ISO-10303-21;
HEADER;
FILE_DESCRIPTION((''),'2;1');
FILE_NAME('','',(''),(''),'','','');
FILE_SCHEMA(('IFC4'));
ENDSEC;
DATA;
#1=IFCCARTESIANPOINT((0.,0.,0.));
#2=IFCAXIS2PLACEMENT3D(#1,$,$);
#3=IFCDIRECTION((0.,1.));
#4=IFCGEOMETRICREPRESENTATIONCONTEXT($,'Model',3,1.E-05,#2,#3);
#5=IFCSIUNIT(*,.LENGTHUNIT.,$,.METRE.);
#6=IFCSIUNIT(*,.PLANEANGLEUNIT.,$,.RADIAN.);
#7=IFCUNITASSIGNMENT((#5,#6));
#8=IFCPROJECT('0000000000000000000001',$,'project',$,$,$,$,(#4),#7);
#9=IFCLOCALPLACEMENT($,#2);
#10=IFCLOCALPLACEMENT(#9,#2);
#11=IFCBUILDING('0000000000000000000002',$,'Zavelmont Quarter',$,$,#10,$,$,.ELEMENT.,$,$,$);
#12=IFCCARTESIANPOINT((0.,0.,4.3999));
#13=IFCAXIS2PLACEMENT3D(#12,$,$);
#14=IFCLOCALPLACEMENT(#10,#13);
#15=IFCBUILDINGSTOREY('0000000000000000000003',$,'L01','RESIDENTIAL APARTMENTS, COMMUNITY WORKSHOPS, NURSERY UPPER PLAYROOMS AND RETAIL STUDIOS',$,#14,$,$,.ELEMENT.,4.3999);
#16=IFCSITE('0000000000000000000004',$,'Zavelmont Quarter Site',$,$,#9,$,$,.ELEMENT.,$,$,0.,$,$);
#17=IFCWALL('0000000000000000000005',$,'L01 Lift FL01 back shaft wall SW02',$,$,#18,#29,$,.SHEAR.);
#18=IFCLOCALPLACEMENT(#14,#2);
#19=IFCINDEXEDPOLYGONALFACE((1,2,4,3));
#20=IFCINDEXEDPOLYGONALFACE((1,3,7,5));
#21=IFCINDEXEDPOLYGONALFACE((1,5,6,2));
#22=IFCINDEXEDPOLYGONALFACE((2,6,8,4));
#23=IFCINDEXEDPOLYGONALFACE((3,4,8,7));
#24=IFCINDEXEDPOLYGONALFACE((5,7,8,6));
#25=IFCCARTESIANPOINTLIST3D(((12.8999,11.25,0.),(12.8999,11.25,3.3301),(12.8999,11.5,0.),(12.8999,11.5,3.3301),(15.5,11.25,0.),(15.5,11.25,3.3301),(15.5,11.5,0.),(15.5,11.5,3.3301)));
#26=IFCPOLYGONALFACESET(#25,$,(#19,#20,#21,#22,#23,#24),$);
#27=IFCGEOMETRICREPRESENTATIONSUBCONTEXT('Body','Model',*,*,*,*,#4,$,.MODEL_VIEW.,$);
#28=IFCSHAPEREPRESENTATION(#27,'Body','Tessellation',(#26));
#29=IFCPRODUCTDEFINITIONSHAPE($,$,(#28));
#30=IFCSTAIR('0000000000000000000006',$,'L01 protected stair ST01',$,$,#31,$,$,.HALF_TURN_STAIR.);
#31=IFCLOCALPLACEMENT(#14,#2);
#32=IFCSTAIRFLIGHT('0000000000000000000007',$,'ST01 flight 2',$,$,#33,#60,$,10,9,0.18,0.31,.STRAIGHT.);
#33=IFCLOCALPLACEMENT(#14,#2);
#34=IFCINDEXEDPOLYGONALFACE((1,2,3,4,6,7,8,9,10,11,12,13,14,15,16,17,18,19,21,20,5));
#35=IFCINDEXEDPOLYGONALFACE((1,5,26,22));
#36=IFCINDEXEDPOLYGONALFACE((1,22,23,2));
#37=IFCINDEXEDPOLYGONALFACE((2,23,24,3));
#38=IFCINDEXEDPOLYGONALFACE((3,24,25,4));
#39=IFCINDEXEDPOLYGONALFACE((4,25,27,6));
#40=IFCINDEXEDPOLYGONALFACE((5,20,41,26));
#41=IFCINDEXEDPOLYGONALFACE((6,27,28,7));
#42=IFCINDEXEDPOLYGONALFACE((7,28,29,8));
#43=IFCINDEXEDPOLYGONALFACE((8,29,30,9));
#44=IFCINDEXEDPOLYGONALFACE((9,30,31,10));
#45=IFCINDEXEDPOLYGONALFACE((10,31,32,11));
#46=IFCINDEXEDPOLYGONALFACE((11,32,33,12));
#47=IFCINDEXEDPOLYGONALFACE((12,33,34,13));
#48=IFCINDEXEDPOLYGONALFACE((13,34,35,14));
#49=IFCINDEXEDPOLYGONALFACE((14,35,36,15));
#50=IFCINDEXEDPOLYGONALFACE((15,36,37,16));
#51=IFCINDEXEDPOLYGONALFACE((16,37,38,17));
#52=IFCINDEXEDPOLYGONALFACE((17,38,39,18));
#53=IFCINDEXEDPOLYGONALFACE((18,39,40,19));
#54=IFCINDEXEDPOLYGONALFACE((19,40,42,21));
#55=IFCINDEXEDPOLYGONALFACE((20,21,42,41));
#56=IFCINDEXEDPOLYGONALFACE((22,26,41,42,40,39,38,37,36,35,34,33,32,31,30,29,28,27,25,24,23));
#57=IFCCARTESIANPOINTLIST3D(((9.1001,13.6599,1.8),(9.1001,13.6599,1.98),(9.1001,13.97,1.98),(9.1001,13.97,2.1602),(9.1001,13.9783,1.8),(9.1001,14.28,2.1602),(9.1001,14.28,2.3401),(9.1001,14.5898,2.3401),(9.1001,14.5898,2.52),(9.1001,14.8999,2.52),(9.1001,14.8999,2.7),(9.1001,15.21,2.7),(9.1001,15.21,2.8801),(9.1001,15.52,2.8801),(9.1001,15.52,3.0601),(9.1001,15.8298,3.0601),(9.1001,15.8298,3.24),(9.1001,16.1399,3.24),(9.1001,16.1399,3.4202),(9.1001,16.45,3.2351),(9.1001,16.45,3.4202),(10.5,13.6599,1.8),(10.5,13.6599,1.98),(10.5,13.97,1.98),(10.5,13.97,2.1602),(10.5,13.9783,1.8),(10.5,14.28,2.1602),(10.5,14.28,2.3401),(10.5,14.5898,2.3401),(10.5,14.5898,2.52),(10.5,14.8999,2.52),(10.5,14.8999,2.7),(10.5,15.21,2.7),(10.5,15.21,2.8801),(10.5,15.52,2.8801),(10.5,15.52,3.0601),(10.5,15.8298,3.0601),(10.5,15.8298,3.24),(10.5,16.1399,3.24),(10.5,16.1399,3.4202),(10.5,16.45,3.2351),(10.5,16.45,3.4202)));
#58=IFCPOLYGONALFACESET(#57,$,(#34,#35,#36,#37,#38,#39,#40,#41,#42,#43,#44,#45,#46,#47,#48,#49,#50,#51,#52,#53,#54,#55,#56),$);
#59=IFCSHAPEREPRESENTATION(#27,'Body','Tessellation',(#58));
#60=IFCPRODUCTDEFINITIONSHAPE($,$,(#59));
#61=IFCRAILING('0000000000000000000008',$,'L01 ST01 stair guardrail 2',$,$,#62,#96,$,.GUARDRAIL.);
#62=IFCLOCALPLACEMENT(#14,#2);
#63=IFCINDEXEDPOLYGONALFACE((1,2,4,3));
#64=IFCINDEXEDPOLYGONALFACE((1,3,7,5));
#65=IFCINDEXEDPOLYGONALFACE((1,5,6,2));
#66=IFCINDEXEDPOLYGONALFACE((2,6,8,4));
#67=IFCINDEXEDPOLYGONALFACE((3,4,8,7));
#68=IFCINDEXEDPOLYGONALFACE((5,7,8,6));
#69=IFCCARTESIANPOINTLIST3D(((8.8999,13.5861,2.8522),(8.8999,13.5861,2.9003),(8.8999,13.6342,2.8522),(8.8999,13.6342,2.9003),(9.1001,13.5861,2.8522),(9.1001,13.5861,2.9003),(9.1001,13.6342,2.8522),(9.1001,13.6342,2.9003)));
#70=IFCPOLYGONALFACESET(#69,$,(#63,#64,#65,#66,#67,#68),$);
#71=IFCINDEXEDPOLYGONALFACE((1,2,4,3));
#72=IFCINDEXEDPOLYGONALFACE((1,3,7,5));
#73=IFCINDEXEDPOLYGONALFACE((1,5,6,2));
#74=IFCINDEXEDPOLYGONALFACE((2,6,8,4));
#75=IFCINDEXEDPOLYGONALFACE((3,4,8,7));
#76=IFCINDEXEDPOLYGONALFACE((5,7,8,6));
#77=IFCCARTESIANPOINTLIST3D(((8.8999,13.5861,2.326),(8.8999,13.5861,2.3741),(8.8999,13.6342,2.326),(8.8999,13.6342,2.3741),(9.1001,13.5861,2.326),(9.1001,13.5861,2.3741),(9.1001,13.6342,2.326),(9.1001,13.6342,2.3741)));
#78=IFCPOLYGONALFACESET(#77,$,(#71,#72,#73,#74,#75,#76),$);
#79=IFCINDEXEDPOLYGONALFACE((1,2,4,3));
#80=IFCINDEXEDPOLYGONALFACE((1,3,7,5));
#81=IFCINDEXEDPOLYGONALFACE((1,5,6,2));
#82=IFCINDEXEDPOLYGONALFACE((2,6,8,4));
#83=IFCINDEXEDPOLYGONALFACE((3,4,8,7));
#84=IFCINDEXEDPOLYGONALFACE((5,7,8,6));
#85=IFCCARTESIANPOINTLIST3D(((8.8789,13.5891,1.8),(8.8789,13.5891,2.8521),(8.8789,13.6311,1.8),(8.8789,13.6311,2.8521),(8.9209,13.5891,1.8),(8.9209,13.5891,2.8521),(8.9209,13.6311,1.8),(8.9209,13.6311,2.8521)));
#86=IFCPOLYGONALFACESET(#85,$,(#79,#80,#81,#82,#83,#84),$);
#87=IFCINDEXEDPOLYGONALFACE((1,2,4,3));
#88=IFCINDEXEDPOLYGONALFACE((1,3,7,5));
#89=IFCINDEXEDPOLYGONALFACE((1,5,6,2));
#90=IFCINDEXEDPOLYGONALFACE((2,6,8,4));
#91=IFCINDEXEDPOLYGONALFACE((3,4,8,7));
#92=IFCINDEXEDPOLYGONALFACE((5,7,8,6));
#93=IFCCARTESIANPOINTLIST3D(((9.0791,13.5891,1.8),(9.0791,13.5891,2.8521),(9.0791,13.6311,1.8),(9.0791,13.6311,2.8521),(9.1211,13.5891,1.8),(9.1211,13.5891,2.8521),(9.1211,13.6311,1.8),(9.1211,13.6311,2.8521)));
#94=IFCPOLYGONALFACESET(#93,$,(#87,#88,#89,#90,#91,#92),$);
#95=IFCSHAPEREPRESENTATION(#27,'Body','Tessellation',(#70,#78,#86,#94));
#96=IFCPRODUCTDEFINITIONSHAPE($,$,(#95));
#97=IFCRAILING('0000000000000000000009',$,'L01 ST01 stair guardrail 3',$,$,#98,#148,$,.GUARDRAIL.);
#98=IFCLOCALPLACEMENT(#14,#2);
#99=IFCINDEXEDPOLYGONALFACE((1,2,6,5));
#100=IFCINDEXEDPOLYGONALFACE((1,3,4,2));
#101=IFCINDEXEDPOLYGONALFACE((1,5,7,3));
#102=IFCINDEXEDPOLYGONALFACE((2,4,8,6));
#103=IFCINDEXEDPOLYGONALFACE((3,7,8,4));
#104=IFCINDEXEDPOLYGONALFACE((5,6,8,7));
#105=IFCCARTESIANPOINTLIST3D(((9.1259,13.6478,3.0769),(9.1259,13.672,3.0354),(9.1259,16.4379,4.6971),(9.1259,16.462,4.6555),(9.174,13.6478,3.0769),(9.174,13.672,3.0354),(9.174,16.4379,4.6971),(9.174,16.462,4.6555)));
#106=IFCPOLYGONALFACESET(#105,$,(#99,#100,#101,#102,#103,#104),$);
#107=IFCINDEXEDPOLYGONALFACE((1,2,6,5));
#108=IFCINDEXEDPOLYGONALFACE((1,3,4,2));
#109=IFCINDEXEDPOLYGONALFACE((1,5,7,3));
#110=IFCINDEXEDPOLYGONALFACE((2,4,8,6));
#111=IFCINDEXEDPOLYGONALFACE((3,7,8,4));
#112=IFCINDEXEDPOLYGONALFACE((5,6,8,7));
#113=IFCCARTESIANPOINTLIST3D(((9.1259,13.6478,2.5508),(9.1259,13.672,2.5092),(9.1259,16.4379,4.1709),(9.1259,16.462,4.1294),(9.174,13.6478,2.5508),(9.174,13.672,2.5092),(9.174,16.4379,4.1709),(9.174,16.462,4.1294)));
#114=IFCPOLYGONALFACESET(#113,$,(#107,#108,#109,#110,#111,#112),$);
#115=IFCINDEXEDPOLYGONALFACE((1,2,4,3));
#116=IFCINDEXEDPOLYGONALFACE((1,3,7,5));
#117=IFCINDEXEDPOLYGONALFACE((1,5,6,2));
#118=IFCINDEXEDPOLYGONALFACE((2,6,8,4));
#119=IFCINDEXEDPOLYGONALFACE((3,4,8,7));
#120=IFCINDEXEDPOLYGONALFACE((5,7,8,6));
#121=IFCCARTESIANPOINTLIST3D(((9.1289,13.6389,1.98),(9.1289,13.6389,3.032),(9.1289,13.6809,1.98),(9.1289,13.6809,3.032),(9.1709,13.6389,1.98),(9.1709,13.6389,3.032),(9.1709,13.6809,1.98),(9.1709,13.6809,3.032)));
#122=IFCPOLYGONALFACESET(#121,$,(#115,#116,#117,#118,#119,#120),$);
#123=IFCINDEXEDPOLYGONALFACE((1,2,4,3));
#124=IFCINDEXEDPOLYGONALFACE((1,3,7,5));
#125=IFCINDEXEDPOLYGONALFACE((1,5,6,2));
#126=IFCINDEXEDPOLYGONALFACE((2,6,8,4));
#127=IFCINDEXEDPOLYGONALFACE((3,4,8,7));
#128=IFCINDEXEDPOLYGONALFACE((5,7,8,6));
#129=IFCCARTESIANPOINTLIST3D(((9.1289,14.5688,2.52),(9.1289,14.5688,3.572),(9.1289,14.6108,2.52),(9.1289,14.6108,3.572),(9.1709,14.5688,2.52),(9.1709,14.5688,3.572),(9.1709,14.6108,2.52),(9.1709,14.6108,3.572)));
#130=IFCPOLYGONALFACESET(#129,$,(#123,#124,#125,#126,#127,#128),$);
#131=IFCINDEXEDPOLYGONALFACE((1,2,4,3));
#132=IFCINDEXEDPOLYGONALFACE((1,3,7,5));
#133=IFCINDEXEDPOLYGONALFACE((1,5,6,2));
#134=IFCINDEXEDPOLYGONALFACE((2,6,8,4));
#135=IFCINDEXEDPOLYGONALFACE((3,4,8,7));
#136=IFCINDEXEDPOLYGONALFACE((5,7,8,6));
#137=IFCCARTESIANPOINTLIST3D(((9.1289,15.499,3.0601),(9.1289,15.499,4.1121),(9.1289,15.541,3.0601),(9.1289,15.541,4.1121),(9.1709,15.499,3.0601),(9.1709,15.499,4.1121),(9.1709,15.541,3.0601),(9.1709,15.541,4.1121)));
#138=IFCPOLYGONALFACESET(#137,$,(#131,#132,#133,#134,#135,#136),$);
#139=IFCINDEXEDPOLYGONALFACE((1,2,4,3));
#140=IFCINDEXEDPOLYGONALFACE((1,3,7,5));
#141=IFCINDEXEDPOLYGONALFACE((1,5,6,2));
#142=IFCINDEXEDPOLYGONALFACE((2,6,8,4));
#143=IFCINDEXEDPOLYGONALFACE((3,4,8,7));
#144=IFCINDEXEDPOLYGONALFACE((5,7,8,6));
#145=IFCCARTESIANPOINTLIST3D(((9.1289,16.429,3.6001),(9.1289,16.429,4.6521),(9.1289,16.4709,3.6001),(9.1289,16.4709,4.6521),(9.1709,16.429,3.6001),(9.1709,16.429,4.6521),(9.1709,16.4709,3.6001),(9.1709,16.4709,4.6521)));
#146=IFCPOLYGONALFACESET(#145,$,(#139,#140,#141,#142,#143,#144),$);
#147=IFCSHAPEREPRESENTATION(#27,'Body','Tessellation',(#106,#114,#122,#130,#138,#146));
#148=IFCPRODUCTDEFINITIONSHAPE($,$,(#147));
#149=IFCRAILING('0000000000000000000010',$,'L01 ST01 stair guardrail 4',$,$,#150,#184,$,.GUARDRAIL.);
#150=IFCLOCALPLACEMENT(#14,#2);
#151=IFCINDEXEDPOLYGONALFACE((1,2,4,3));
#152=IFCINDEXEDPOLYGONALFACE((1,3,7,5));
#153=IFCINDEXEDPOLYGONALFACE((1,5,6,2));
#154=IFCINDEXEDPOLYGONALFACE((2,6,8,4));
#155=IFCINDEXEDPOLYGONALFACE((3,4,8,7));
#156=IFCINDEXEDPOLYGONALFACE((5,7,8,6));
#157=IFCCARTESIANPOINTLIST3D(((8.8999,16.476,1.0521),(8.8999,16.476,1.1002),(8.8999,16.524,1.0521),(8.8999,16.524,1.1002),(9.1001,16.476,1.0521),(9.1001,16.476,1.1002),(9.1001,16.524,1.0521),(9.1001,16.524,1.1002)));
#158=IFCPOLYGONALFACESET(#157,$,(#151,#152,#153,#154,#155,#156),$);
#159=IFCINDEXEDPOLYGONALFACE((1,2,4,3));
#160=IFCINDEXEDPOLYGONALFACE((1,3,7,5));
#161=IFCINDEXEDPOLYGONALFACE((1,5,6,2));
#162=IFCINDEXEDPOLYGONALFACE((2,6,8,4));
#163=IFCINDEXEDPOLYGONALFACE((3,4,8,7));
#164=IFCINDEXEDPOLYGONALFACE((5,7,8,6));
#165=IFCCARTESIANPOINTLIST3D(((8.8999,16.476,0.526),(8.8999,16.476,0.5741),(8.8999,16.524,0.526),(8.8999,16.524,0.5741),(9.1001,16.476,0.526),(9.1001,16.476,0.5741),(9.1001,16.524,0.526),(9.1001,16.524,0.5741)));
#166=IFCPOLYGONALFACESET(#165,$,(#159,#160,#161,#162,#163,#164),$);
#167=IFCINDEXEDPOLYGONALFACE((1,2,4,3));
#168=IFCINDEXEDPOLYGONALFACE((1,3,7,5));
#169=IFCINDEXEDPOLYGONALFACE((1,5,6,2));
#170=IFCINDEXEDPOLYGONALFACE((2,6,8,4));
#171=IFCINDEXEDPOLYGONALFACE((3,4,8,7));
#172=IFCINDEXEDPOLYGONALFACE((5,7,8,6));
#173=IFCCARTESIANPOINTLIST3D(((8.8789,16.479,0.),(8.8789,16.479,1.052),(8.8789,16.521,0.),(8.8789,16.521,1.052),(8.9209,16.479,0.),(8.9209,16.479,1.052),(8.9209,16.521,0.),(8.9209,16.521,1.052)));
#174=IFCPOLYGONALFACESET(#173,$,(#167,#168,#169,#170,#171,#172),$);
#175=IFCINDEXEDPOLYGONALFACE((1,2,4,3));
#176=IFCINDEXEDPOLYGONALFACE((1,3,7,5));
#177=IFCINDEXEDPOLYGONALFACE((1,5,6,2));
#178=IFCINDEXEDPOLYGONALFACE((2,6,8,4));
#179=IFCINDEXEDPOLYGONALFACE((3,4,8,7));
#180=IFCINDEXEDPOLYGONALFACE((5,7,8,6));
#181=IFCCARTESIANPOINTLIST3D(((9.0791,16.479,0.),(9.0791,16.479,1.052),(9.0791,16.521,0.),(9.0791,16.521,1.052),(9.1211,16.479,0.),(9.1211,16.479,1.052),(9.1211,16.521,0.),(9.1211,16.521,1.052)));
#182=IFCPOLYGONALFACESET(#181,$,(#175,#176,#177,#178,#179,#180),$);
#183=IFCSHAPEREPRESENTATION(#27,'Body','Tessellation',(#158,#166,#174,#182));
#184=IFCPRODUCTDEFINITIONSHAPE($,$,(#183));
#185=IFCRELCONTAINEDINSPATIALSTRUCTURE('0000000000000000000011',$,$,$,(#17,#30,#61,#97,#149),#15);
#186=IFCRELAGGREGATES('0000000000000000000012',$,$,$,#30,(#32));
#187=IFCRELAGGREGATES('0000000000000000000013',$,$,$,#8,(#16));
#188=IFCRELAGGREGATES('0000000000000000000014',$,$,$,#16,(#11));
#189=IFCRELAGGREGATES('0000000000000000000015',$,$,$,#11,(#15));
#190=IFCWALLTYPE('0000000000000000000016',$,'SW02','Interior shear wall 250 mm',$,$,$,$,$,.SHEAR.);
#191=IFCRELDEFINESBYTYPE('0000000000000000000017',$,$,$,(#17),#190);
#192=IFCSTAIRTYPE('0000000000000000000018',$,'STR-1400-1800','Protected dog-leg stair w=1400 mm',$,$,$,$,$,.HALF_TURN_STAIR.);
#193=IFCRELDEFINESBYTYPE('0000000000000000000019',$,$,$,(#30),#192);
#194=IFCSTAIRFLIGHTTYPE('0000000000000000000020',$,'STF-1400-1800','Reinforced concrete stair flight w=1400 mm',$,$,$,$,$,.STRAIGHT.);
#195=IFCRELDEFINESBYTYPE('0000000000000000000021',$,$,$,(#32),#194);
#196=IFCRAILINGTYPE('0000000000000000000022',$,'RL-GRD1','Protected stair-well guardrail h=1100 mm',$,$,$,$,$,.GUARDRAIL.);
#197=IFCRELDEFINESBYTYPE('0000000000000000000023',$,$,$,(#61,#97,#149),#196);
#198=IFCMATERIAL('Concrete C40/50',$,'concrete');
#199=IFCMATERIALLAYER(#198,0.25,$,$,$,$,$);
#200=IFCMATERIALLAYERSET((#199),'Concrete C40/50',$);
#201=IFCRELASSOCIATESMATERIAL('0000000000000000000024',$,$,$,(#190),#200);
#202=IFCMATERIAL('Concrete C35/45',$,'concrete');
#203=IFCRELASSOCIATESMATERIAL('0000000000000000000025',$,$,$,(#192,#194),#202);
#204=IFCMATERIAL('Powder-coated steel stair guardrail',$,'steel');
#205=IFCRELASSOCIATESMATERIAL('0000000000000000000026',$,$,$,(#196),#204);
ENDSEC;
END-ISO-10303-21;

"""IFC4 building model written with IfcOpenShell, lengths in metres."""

from ifc_helpers import new_model, si_unit, direction, frame, frame_2d, origin, origin_2d, place, context, subcontext, project, spatial, polyline, rectangle, outline, extrude, material, layer, layer_set, type_object, element, aggregate, save


model = new_model("IFC4")

# Units and contexts
model_context = context("Model", 3, precision=1e-05, world=origin(), true_north=direction((0.0, 1.0)))
body_context = subcontext(model_context, "Body", "Model", "MODEL_VIEW")
ifc_project = project(units=[si_unit("LENGTHUNIT", "METRE"), si_unit("PLANEANGLEUNIT", "RADIAN")], contexts=[model_context])

# Site, building, storey
site_placement = place(None, origin())
site = spatial("IfcSite", under=ifc_project, at=site_placement, Name="Zavelmont Quarter Site", CompositionType="ELEMENT", RefElevation=0.0)
building_placement = place(site_placement, origin())
building = spatial("IfcBuilding", under=site, at=building_placement, Name="Zavelmont Quarter", CompositionType="ELEMENT")
storey_placement = place(building_placement, frame((0.0, 0.0, 4.3999)))
storey = spatial("IfcBuildingStorey", under=building, at=storey_placement, Name="L01", Description="RESIDENTIAL APARTMENTS, COMMUNITY WORKSHOPS, NURSERY UPPER PLAYROOMS AND RETAIL STUDIOS", CompositionType="ELEMENT", Elevation=4.3999)

# Shared definitions
ifc_material_1 = material(Name="Concrete C40/50", Category="concrete")
ifc_material_2 = material(Name="Concrete C35/45", Category="concrete")

# Shared definitions
ifc_layer_1 = layer(ifc_material_1, 0.25)
ifc_layer_set_1 = layer_set([ifc_layer_1], Name="Concrete C40/50")
wall_type_1 = type_object("IfcWallType", Name="SW02", Description="Interior shear wall 250 mm", PredefinedType="SHEAR", material=ifc_layer_set_1)

# Wall
wall_1_placement = place(storey_placement, frame((12.8999, 11.375, 0.0), z_axis=(0.0, 0.0, 1.0), x_axis=(1.0, 0.0, 0.0)))
element("IfcWall", 1, at=wall_1_placement, inside=storey, type_object=wall_type_1, Name="L01 Lift FL01 back shaft wall SW02", PredefinedType="SHEAR", context=body_context, shape_type="SweptSolid", body=[
    extrude(rectangle(XDim=2.6001, YDim=0.25, at=frame_2d((1.3, 0.0))), origin(), (0.0, 0.0, 1.0), 3.3301),
])

# Stair, stair flight
stair_type = type_object("IfcStairType", Name="STR-1400-1800", Description="Protected dog-leg stair w=1400 mm", PredefinedType="HALF_TURN_STAIR", material=ifc_material_2)
stair_placement = place(storey_placement, origin())
stair = element("IfcStair", 2, at=stair_placement, inside=storey, type_object=stair_type, Name="L01 protected stair ST01", PredefinedType="HALF_TURN_STAIR")
stair_flight_type = type_object("IfcStairFlightType", Name="STF-1400-1800", Description="Reinforced concrete stair flight w=1400 mm", PredefinedType="STRAIGHT", material=ifc_material_2)
stair_flight_placement = place(storey_placement, frame((9.8, 13.6599, 1.8), z_axis=(0.0, 0.0, 1.0), x_axis=(0.0, 1.0, 0.0)))
stair_flight = element("IfcStairFlight", 3, at=stair_flight_placement, type_object=stair_flight_type, Name="ST01 flight 2", NumberOfRisers=10, NumberOfTreads=9, PredefinedType="STRAIGHT", RiserHeight=0.18, TreadLength=0.31, context=body_context, shape_type="SweptSolid", body=[
    extrude(outline(polyline([(0.0, 0.0), (0.0, 0.1799), (0.3101, 0.1799), (0.3101, 0.3601), (0.6201, 0.3601), (0.6201, 0.54), (0.9299, 0.54), (0.9299, 0.72), (1.24, 0.72), (1.24, 0.8999), (1.55, 0.8999), (1.55, 1.0801), (1.8601, 1.0801), (1.8601, 1.26), (2.1699, 1.26), (2.1699, 1.4399), (2.48, 1.4399), (2.48, 1.6201), (2.79, 1.6201), (2.79, 1.8), (2.79, 1.4351), (0.3184, 0.0), (0.0, 0.0)])), frame((0.0, 0.7, 0.0), z_axis=(0.0, -1.0, 0.0), x_axis=(1.0, 0.0, 0.0)), (0.0, 0.0, 1.0), 1.3999),
])
aggregate(stair, [stair_flight])

# Railings
ifc_material_3 = material(Name="Powder-coated steel stair guardrail", Category="steel")
railing_type_1 = type_object("IfcRailingType", Name="RL-GRD1", Description="Protected stair-well guardrail h=1100 mm", PredefinedType="GUARDRAIL", material=ifc_material_3)
railing_1_placement = place(storey_placement, frame((8.8999, 13.6101, 1.8)))
element("IfcRailing", 4, at=railing_1_placement, inside=storey, type_object=railing_type_1, Name="L01 ST01 stair guardrail 2", PredefinedType="GUARDRAIL", context=body_context, shape_type="SweptSolid", body=[
    extrude(rectangle(XDim=0.0481, YDim=0.0481, at=origin_2d()), frame((0.0, 0.0, 1.0762), z_axis=(1.0, 0.0, 0.0), x_axis=(0.0, 1.0, 0.0)), (0.0, 0.0, 1.0), 0.2002),
    extrude(rectangle(XDim=0.0481, YDim=0.0481, at=origin_2d()), frame((0.0, 0.0, 0.55), z_axis=(1.0, 0.0, 0.0), x_axis=(0.0, 1.0, 0.0)), (0.0, 0.0, 1.0), 0.2002),
    extrude(rectangle(XDim=0.042, YDim=0.042, at=origin_2d()), origin(), (0.0, 0.0, 1.0), 1.052),
    extrude(rectangle(XDim=0.042, YDim=0.042, at=origin_2d()), frame((0.2002, 0.0, 0.0)), (0.0, 0.0, 1.0), 1.052),
])
railing_2_placement = place(storey_placement, frame((9.1499, 13.6599, 1.98)))
element("IfcRailing", 5, at=railing_2_placement, inside=storey, type_object=railing_type_1, Name="L01 ST01 stair guardrail 3", PredefinedType="GUARDRAIL", context=body_context, shape_type="SweptSolid", body=[
    extrude(rectangle(XDim=0.0481, YDim=0.0481, at=origin_2d()), frame((0.0, 0.0, 1.0762), z_axis=(0.0, 0.864776, 0.502157), x_axis=(-1.0, 0.0, 0.0)), (0.0, 0.0, 1.0), 3.2263),
    extrude(rectangle(XDim=0.0481, YDim=0.0481, at=origin_2d()), frame((0.0, 0.0, 0.55), z_axis=(0.0, 0.864776, 0.502157), x_axis=(-1.0, 0.0, 0.0)), (0.0, 0.0, 1.0), 3.2263),
    extrude(rectangle(XDim=0.042, YDim=0.042, at=origin_2d()), origin(), (0.0, 0.0, 1.0), 1.052),
    extrude(rectangle(XDim=0.042, YDim=0.042, at=origin_2d()), frame((0.0, 0.9299, 0.54)), (0.0, 0.0, 1.0), 1.052),
    extrude(rectangle(XDim=0.042, YDim=0.042, at=origin_2d()), frame((0.0, 1.8601, 1.0801)), (0.0, 0.0, 1.0), 1.052),
    extrude(rectangle(XDim=0.042, YDim=0.042, at=origin_2d()), frame((0.0, 2.79, 1.6201)), (0.0, 0.0, 1.0), 1.052),
])
railing_3_placement = place(storey_placement, frame((8.8999, 16.5, 0.0)))
element("IfcRailing", 6, at=railing_3_placement, inside=storey, type_object=railing_type_1, Name="L01 ST01 stair guardrail 4", PredefinedType="GUARDRAIL", context=body_context, shape_type="SweptSolid", body=[
    extrude(rectangle(XDim=0.0481, YDim=0.0481, at=origin_2d()), frame((0.0, 0.0, 1.0762), z_axis=(1.0, 0.0, 0.0), x_axis=(0.0, 1.0, 0.0)), (0.0, 0.0, 1.0), 0.2002),
    extrude(rectangle(XDim=0.0481, YDim=0.0481, at=origin_2d()), frame((0.0, 0.0, 0.55), z_axis=(1.0, 0.0, 0.0), x_axis=(0.0, 1.0, 0.0)), (0.0, 0.0, 1.0), 0.2002),
    extrude(rectangle(XDim=0.042, YDim=0.042, at=origin_2d()), origin(), (0.0, 0.0, 1.0), 1.052),
    extrude(rectangle(XDim=0.042, YDim=0.042, at=origin_2d()), frame((0.2002, 0.0, 0.0)), (0.0, 0.0, 1.0), 1.052),
])

save(model, "model.ifc")
